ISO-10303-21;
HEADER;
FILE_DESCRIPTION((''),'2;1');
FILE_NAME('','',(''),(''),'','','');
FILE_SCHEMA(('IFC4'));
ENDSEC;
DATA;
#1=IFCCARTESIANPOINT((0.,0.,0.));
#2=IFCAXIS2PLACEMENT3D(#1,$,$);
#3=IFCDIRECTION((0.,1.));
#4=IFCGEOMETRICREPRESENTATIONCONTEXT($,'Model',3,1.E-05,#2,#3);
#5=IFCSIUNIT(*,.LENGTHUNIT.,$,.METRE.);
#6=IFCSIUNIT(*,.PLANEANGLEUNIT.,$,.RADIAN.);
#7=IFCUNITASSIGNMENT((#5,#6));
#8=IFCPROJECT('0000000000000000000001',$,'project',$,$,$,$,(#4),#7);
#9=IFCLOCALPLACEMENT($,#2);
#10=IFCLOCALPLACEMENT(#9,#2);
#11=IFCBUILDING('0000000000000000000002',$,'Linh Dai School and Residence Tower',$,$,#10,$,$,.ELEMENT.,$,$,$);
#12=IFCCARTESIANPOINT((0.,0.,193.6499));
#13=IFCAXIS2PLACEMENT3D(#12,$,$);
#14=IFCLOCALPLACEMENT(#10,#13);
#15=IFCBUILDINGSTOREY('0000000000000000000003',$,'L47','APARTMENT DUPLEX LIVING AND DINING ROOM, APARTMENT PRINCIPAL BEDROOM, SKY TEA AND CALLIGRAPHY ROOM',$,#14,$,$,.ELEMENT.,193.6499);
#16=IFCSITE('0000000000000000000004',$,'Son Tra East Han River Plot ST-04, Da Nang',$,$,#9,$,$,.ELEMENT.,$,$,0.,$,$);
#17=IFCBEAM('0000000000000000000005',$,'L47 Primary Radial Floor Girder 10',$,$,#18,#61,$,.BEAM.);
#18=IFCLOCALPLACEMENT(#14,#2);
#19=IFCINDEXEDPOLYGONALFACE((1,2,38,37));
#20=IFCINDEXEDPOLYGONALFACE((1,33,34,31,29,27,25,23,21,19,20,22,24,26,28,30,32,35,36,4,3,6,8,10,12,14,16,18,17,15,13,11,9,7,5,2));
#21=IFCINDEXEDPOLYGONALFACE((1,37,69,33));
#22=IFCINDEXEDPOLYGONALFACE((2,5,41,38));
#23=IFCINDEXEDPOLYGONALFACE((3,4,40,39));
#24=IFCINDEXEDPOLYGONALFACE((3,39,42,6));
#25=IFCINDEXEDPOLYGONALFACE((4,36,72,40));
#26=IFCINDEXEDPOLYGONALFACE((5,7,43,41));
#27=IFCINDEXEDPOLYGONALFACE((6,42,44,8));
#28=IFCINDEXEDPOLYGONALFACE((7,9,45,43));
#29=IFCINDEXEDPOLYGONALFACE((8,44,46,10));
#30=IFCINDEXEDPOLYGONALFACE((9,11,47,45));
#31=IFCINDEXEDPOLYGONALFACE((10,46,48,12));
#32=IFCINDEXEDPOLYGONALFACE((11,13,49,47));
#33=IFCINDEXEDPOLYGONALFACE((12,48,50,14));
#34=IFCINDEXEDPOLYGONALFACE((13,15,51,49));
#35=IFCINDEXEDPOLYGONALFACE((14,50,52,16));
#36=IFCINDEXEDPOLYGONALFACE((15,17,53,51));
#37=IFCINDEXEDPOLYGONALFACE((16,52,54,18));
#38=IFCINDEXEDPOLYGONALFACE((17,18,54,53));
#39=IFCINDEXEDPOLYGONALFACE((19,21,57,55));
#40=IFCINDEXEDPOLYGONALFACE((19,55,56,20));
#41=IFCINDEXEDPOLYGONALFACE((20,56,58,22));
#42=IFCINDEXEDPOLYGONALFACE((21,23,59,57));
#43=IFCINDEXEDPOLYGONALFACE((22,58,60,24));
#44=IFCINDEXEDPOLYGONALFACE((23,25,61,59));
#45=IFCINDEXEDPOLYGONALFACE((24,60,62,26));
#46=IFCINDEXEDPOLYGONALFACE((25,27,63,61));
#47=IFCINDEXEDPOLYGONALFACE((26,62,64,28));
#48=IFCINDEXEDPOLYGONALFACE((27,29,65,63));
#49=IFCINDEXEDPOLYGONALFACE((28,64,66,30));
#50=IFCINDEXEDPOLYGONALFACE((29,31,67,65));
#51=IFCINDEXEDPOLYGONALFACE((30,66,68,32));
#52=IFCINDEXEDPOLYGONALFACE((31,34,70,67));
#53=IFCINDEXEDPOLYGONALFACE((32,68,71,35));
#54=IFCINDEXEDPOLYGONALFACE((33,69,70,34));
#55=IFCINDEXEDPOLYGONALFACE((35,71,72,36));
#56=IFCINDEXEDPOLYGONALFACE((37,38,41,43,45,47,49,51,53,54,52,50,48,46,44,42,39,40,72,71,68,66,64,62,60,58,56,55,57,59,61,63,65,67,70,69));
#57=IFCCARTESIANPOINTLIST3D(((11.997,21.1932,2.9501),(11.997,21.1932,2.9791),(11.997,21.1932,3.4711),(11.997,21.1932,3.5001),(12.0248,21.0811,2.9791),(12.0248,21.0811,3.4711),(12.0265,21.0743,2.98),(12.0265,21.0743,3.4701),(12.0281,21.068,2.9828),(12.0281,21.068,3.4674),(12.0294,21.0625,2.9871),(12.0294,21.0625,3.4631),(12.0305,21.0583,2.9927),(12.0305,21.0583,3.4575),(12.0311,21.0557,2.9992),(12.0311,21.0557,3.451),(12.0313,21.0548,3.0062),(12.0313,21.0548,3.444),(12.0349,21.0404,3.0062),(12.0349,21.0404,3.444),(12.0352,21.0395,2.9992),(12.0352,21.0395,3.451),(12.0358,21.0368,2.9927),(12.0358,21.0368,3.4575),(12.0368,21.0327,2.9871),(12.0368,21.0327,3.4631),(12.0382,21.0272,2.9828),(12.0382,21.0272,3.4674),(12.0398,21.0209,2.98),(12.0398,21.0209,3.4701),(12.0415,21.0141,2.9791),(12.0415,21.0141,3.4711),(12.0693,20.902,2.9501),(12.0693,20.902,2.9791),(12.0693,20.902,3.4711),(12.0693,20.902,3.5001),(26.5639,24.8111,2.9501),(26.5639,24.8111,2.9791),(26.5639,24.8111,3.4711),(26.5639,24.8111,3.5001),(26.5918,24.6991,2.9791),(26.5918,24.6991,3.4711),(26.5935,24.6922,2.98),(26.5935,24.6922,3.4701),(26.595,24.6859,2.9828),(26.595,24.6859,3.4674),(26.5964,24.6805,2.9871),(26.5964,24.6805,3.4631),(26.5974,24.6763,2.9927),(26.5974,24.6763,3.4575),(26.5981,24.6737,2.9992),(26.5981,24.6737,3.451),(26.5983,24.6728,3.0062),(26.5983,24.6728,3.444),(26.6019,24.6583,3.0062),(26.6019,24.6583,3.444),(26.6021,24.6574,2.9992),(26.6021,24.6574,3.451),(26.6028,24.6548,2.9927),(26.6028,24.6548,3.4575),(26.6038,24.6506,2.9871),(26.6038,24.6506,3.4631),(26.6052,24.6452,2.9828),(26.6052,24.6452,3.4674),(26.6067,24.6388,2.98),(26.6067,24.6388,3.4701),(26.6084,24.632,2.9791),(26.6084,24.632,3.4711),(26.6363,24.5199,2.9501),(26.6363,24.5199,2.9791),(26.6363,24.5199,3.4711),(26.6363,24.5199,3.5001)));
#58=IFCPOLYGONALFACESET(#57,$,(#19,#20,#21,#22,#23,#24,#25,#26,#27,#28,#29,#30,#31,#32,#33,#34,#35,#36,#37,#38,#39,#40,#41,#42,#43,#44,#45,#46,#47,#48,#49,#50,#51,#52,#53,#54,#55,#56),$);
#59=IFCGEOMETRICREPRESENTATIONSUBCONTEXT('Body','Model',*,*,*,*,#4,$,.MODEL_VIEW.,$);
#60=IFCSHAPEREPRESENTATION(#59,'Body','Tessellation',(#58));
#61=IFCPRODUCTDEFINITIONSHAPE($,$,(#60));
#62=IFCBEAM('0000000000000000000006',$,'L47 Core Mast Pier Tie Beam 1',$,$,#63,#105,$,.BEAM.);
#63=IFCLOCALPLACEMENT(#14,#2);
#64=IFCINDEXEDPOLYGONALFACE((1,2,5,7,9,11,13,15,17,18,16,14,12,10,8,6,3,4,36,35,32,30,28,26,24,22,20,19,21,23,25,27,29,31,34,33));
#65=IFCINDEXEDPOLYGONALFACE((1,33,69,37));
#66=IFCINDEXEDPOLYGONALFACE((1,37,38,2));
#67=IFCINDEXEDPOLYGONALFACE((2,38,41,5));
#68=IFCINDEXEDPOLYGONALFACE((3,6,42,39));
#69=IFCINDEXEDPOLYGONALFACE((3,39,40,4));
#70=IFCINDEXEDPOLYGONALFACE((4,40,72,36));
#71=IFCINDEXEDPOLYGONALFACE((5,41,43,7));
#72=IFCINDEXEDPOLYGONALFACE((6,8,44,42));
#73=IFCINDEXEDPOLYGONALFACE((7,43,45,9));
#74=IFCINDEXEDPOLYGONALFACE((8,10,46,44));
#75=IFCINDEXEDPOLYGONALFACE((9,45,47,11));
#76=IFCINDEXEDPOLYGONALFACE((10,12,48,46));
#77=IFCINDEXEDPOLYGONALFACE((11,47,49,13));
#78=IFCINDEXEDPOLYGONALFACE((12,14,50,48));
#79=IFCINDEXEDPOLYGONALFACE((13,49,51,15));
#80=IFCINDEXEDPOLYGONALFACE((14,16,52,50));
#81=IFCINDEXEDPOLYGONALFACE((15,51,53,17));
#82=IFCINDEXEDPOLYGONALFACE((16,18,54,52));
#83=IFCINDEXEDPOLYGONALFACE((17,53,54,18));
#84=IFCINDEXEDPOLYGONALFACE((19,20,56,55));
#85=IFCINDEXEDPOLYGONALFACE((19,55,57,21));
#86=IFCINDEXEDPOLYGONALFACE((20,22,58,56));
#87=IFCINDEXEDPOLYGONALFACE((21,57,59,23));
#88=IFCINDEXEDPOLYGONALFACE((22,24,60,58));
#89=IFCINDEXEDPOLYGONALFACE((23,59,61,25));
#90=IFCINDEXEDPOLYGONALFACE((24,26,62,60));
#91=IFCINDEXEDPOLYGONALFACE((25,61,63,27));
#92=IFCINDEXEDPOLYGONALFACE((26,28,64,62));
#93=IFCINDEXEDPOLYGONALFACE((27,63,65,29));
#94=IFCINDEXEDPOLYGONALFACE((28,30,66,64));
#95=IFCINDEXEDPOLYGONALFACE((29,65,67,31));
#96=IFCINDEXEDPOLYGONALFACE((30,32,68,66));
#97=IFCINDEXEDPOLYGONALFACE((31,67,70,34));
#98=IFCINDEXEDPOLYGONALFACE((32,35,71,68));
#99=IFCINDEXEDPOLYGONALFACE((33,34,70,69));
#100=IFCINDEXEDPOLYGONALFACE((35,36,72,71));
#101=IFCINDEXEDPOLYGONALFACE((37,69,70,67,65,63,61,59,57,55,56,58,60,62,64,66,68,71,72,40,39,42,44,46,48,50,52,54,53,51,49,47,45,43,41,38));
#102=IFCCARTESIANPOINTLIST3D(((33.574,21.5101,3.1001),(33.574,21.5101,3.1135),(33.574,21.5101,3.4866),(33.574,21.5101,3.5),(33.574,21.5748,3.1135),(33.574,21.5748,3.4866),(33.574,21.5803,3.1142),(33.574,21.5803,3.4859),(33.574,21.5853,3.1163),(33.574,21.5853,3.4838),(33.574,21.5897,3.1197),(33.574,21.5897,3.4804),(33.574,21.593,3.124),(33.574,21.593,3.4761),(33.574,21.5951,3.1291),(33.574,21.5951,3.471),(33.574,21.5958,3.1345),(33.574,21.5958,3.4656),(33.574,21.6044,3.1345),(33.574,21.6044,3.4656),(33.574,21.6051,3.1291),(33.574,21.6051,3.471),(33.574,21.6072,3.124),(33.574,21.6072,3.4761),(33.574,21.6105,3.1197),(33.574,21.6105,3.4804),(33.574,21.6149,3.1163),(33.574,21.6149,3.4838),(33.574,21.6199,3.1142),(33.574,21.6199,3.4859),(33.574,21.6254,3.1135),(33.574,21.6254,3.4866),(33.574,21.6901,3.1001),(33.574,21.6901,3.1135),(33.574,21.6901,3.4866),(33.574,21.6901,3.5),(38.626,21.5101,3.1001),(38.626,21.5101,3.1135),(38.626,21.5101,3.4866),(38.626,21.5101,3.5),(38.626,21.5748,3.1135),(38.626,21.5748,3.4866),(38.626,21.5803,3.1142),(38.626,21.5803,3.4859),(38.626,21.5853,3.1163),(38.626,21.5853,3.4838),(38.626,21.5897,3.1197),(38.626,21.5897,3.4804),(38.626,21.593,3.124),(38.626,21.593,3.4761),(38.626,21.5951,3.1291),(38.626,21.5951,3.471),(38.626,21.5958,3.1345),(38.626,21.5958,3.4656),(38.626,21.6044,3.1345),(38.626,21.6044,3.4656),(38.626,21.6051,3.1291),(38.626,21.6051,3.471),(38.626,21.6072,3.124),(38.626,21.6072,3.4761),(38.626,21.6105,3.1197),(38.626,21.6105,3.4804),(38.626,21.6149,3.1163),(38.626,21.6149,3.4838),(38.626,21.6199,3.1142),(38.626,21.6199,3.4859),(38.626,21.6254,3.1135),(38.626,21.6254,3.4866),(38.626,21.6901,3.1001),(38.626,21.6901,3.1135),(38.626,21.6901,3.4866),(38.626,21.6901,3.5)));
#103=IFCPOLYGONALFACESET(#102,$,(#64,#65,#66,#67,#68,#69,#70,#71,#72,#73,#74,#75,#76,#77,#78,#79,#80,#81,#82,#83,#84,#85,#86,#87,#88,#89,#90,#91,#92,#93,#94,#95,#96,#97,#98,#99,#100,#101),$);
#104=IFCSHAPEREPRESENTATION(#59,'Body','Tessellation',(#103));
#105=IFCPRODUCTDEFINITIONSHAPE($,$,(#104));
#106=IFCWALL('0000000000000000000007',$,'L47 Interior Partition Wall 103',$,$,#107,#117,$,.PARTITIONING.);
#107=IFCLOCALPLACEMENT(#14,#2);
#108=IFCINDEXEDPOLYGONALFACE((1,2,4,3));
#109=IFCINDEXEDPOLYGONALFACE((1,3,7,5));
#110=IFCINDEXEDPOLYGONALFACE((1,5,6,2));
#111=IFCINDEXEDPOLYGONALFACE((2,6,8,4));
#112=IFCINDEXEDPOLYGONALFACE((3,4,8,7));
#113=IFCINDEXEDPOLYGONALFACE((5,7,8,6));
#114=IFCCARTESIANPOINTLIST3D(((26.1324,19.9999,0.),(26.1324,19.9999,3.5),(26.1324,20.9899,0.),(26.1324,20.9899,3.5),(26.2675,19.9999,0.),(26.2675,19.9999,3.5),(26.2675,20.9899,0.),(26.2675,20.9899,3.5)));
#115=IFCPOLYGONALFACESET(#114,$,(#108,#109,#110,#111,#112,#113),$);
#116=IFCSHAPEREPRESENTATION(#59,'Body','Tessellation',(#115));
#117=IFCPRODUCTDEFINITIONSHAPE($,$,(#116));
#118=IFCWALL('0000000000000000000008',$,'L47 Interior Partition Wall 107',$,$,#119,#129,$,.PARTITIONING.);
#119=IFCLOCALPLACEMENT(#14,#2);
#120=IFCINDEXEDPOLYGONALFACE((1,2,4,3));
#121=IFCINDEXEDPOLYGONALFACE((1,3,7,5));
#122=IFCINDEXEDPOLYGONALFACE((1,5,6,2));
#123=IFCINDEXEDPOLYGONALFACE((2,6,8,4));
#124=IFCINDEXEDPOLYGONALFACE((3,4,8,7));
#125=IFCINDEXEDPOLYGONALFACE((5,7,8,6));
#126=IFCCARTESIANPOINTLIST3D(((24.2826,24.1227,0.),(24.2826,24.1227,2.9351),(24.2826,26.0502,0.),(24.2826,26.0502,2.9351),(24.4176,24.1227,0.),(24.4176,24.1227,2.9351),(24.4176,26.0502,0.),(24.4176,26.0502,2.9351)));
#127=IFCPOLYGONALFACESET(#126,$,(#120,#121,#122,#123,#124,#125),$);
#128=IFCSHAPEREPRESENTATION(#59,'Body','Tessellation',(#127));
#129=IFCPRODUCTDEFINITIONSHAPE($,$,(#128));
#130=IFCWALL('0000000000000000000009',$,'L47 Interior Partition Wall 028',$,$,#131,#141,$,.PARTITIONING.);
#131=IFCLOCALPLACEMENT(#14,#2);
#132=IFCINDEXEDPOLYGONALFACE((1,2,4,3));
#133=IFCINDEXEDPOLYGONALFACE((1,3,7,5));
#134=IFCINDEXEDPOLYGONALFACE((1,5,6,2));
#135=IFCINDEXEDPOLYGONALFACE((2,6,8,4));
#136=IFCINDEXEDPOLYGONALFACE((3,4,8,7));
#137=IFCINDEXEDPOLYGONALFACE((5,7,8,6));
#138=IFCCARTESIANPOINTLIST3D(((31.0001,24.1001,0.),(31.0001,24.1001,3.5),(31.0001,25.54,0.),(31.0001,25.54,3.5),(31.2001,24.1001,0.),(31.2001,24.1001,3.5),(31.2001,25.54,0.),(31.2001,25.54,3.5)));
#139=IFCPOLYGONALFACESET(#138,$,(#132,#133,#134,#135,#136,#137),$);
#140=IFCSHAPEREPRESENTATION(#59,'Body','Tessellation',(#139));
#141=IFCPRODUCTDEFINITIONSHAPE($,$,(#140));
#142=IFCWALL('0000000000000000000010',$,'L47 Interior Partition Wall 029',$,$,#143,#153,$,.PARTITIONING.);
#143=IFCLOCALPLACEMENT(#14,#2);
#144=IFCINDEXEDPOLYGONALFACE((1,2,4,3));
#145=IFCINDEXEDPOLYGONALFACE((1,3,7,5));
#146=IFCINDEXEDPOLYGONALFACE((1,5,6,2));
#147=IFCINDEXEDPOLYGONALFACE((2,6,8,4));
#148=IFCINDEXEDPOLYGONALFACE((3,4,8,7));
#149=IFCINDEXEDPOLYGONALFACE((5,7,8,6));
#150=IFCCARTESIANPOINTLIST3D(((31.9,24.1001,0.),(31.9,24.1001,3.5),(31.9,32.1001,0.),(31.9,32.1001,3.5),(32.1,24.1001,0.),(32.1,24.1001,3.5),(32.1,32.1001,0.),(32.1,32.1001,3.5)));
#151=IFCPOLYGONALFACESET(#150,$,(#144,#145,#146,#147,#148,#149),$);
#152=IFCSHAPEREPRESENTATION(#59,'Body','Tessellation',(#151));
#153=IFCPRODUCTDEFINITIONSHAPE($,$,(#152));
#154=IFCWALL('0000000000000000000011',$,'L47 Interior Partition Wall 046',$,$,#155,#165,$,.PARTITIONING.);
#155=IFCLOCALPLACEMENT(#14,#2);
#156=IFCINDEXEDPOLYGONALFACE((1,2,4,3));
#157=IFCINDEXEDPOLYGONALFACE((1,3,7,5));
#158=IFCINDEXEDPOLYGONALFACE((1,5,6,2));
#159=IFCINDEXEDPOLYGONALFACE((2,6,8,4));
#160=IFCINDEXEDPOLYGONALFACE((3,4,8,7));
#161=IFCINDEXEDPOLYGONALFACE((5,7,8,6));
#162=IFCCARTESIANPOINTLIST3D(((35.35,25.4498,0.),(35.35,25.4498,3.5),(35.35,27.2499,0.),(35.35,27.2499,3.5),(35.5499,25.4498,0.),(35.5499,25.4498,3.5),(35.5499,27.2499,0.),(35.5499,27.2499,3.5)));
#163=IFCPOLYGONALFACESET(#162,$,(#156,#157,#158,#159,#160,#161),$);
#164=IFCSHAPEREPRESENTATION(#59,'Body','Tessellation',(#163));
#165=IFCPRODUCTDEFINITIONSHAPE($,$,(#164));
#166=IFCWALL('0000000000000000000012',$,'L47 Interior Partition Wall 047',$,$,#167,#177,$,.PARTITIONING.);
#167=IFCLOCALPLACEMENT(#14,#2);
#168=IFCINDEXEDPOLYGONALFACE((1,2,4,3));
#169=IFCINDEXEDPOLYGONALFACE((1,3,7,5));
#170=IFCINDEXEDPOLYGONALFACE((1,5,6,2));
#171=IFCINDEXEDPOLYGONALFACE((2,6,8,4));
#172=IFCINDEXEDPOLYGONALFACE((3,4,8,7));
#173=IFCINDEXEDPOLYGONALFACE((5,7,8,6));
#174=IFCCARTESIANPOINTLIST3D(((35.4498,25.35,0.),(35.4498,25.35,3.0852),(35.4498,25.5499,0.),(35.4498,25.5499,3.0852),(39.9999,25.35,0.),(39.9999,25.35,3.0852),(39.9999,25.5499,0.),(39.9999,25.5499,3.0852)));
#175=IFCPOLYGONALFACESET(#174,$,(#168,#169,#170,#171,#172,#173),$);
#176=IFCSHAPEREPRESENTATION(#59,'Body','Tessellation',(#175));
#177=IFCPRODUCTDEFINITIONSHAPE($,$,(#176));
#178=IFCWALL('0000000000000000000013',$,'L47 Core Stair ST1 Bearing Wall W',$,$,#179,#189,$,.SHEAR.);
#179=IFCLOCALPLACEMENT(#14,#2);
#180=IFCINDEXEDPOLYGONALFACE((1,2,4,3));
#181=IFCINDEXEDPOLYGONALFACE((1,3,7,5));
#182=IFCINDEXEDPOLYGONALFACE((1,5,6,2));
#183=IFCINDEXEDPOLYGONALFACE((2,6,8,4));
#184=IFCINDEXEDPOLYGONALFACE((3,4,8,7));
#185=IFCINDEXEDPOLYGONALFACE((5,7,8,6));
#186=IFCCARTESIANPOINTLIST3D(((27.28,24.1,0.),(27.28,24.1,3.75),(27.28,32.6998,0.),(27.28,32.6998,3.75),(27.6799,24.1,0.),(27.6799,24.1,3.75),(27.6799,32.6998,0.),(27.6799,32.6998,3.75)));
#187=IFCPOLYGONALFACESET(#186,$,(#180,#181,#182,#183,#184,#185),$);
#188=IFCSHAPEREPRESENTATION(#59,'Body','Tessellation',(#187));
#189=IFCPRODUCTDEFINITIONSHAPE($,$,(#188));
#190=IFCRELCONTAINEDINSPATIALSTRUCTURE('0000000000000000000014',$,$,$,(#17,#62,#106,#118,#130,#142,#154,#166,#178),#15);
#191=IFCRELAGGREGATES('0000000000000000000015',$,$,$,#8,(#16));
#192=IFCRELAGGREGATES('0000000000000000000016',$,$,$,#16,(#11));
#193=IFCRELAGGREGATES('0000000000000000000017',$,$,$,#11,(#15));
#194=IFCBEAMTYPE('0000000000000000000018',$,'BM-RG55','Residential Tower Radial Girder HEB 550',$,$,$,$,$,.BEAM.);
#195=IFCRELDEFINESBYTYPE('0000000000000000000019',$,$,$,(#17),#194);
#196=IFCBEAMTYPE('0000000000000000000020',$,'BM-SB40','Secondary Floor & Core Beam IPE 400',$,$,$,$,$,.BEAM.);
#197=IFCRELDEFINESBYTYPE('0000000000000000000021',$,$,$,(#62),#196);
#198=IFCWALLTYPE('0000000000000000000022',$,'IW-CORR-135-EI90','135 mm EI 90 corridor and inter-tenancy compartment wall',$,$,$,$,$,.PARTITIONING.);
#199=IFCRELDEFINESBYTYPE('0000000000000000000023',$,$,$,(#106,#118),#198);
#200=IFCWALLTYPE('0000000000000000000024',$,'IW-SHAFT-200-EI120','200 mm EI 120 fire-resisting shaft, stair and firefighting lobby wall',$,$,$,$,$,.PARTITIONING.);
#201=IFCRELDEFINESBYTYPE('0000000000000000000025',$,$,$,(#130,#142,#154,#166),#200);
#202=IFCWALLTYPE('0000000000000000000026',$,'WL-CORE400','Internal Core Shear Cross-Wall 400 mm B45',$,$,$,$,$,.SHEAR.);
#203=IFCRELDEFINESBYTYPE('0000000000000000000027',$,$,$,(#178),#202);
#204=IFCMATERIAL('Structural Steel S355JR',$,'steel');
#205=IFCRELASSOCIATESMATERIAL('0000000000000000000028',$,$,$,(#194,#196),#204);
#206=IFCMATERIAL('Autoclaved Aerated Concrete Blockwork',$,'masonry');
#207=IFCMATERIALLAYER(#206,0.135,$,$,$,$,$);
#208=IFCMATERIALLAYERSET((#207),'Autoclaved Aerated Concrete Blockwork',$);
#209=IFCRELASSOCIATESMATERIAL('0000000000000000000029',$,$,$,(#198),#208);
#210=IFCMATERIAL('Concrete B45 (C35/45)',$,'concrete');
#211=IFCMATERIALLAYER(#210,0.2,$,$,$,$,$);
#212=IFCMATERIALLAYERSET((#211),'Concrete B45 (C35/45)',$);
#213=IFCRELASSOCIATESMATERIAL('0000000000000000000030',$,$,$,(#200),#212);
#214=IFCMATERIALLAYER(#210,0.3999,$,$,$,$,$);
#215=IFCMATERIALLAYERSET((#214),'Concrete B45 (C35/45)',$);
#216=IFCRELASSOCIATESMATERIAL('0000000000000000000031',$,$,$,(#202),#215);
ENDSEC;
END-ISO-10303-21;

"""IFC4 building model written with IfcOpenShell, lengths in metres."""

from ifc_helpers import new_model, si_unit, direction, frame, frame_2d, origin, origin_2d, place, context, subcontext, project, spatial, rectangle, i_section, extrude, material, layer, layer_set, material_profile, profile_set, type_object, element, save


model = new_model("IFC4")

# Units and contexts
model_context = context("Model", 3, precision=1e-05, world=origin(), true_north=direction((0.0, 1.0)))
body_context = subcontext(model_context, "Body", "Model", "MODEL_VIEW")
ifc_project = project(units=[si_unit("LENGTHUNIT", "METRE"), si_unit("PLANEANGLEUNIT", "RADIAN")], contexts=[model_context])

# Site, building, storey
site_placement = place(None, origin())
site = spatial("IfcSite", under=ifc_project, at=site_placement, Name="Son Tra East Han River Plot ST-04, Da Nang", CompositionType="ELEMENT", RefElevation=0.0)
building_placement = place(site_placement, origin())
building = spatial("IfcBuilding", under=site, at=building_placement, Name="Linh Dai School and Residence Tower", CompositionType="ELEMENT")
storey_placement = place(building_placement, frame((0.0, 0.0, 193.6499)))
storey = spatial("IfcBuildingStorey", under=building, at=storey_placement, Name="L47", Description="APARTMENT DUPLEX LIVING AND DINING ROOM, APARTMENT PRINCIPAL BEDROOM, SKY TEA AND CALLIGRAPHY ROOM", CompositionType="ELEMENT", Elevation=193.6499)

# Shared definitions
ifc_material_1 = material(Name="Structural Steel S355JR", Category="steel")

# Beams
ifc_material_profile_1 = material_profile(ifc_material_1, i_section(OverallWidth=0.3, OverallDepth=0.55, WebThickness=0.0149, FlangeThickness=0.0291, FilletRadius=0.0271, at=origin_2d()), Name="HEB 550")
ifc_profile_set_1 = profile_set([ifc_material_profile_1], Name="Structural Steel S355JR")
beam_type_1 = type_object("IfcBeamType", Name="BM-RG55", Description="Residential Tower Radial Girder HEB 550", PredefinedType="BEAM", material=ifc_profile_set_1)
beam_1_placement = place(storey_placement, frame((26.6001, 24.6655, 3.2251), z_axis=(-0.970515, -0.241043, 0.0), x_axis=(0.241043, -0.970515, 0.0)))
element("IfcBeam", 1, at=beam_1_placement, inside=storey, type_object=beam_type_1, Name="L47 Primary Radial Floor Girder 10", PredefinedType="BEAM", context=body_context, shape_type="SweptSolid", body=[
    extrude(i_section(OverallWidth=0.3, OverallDepth=0.55, WebThickness=0.0149, FlangeThickness=0.0291, FilletRadius=0.0271, at=origin_2d()), origin(), (0.0, 0.0, 1.0), 15.0095),
])
ifc_material_profile_2 = material_profile(ifc_material_1, i_section(OverallWidth=0.1799, OverallDepth=0.3999, WebThickness=0.0085, FlangeThickness=0.0134, FilletRadius=0.021, at=origin_2d()), Name="IPE 400")
ifc_profile_set_2 = profile_set([ifc_material_profile_2], Name="Structural Steel S355JR")
beam_type_2 = type_object("IfcBeamType", Name="BM-SB40", Description="Secondary Floor & Core Beam IPE 400", PredefinedType="BEAM", material=ifc_profile_set_2)
beam_2_placement = place(storey_placement, frame((33.574, 21.6001, 3.3), z_axis=(1.0, 0.0, 0.0), x_axis=(0.0, 1.0, 0.0)))
element("IfcBeam", 2, at=beam_2_placement, inside=storey, type_object=beam_type_2, Name="L47 Core Mast Pier Tie Beam 1", PredefinedType="BEAM", context=body_context, shape_type="SweptSolid", body=[
    extrude(i_section(OverallWidth=0.1799, OverallDepth=0.3999, WebThickness=0.0085, FlangeThickness=0.0134, FilletRadius=0.021, at=origin_2d()), origin(), (0.0, 0.0, 1.0), 5.052),
])

# Shared definitions
ifc_material_2 = material(Name="Autoclaved Aerated Concrete Blockwork", Category="masonry")
ifc_layer_1 = layer(ifc_material_2, 0.135)
ifc_layer_set_1 = layer_set([ifc_layer_1], Name="Autoclaved Aerated Concrete Blockwork")
wall_type_1 = type_object("IfcWallType", Name="IW-CORR-135-EI90", Description="135 mm EI 90 corridor and inter-tenancy compartment wall", PredefinedType="PARTITIONING", material=ifc_layer_set_1)

# Walls
wall_1_placement = place(storey_placement, frame((26.2, 20.99, 0.0), z_axis=(0.0, 0.0, 1.0), x_axis=(0.0, -1.0, 0.0)))
element("IfcWall", 3, at=wall_1_placement, inside=storey, type_object=wall_type_1, Name="L47 Interior Partition Wall 103", PredefinedType="PARTITIONING", context=body_context, shape_type="SweptSolid", body=[
    extrude(rectangle(XDim=0.99, YDim=0.135, at=frame_2d((0.4951, 0.0))), origin(), (0.0, 0.0, 1.0), 3.5),
])
wall_2_placement = place(storey_placement, frame((24.3501, 24.1226, 0.0), z_axis=(0.0, 0.0, 1.0), x_axis=(0.0, 1.0, 0.0)))
element("IfcWall", 4, at=wall_2_placement, inside=storey, type_object=wall_type_1, Name="L47 Interior Partition Wall 107", PredefinedType="PARTITIONING", context=body_context, shape_type="SweptSolid", body=[
    extrude(rectangle(XDim=1.9275, YDim=0.135, at=frame_2d((0.9639, 0.0))), origin(), (0.0, 0.0, 1.0), 2.9351),
])

# Shared definitions
ifc_material_3 = material(Name="Concrete B45 (C35/45)", Category="concrete")
ifc_layer_2 = layer(ifc_material_3, 0.2)
ifc_layer_set_2 = layer_set([ifc_layer_2], Name="Concrete B45 (C35/45)")
wall_type_2 = type_object("IfcWallType", Name="IW-SHAFT-200-EI120", Description="200 mm EI 120 fire-resisting shaft, stair and firefighting lobby wall", PredefinedType="PARTITIONING", material=ifc_layer_set_2)

# Walls
wall_3_placement = place(storey_placement, frame((31.1001, 24.1001, 0.0), z_axis=(0.0, 0.0, 1.0), x_axis=(0.0, 1.0, 0.0)))
element("IfcWall", 5, at=wall_3_placement, inside=storey, type_object=wall_type_2, Name="L47 Interior Partition Wall 028", PredefinedType="PARTITIONING", context=body_context, shape_type="SweptSolid", body=[
    extrude(rectangle(XDim=1.4399, YDim=0.2, at=frame_2d((0.72, 0.0))), origin(), (0.0, 0.0, 1.0), 3.5),
])
wall_4_placement = place(storey_placement, frame((32.0, 24.1001, 0.0), z_axis=(0.0, 0.0, 1.0), x_axis=(0.0, 1.0, 0.0)))
element("IfcWall", 6, at=wall_4_placement, inside=storey, type_object=wall_type_2, Name="L47 Interior Partition Wall 029", PredefinedType="PARTITIONING", context=body_context, shape_type="SweptSolid", body=[
    extrude(rectangle(XDim=8.0, YDim=0.2, at=frame_2d((4.0, 0.0))), origin(), (0.0, 0.0, 1.0), 3.5),
])

# Walls
wall_5_placement = place(storey_placement, frame((35.45, 25.45, 0.0), z_axis=(0.0, 0.0, 1.0), x_axis=(0.0, 1.0, 0.0)))
element("IfcWall", 7, at=wall_5_placement, inside=storey, type_object=wall_type_2, Name="L47 Interior Partition Wall 046", PredefinedType="PARTITIONING", context=body_context, shape_type="SweptSolid", body=[
    extrude(rectangle(XDim=1.8, YDim=0.2, at=frame_2d((0.8999, 0.0))), origin(), (0.0, 0.0, 1.0), 3.5),
])
wall_6_placement = place(storey_placement, frame((35.45, 25.45, 0.0), z_axis=(0.0, 0.0, 1.0), x_axis=(1.0, 0.0, 0.0)))
element("IfcWall", 8, at=wall_6_placement, inside=storey, type_object=wall_type_2, Name="L47 Interior Partition Wall 047", PredefinedType="PARTITIONING", context=body_context, shape_type="SweptSolid", body=[
    extrude(rectangle(XDim=4.55, YDim=0.2, at=frame_2d((2.2749, 0.0))), origin(), (0.0, 0.0, 1.0), 3.0852),
])
ifc_layer_3 = layer(ifc_material_3, 0.3999)
ifc_layer_set_3 = layer_set([ifc_layer_3], Name="Concrete B45 (C35/45)")
wall_type_3 = type_object("IfcWallType", Name="WL-CORE400", Description="Internal Core Shear Cross-Wall 400 mm B45", PredefinedType="SHEAR", material=ifc_layer_set_3)
wall_7_placement = place(storey_placement, frame((27.48, 24.1001, 0.0), z_axis=(0.0, 0.0, 1.0), x_axis=(0.0, 1.0, 0.0)))
element("IfcWall", 9, at=wall_7_placement, inside=storey, type_object=wall_type_3, Name="L47 Core Stair ST1 Bearing Wall W", PredefinedType="SHEAR", context=body_context, shape_type="SweptSolid", body=[
    extrude(rectangle(XDim=8.5999, YDim=0.3999, at=frame_2d((4.2998, 0.0))), origin(), (0.0, 0.0, 1.0), 3.75),
])

save(model, "model.ifc")
